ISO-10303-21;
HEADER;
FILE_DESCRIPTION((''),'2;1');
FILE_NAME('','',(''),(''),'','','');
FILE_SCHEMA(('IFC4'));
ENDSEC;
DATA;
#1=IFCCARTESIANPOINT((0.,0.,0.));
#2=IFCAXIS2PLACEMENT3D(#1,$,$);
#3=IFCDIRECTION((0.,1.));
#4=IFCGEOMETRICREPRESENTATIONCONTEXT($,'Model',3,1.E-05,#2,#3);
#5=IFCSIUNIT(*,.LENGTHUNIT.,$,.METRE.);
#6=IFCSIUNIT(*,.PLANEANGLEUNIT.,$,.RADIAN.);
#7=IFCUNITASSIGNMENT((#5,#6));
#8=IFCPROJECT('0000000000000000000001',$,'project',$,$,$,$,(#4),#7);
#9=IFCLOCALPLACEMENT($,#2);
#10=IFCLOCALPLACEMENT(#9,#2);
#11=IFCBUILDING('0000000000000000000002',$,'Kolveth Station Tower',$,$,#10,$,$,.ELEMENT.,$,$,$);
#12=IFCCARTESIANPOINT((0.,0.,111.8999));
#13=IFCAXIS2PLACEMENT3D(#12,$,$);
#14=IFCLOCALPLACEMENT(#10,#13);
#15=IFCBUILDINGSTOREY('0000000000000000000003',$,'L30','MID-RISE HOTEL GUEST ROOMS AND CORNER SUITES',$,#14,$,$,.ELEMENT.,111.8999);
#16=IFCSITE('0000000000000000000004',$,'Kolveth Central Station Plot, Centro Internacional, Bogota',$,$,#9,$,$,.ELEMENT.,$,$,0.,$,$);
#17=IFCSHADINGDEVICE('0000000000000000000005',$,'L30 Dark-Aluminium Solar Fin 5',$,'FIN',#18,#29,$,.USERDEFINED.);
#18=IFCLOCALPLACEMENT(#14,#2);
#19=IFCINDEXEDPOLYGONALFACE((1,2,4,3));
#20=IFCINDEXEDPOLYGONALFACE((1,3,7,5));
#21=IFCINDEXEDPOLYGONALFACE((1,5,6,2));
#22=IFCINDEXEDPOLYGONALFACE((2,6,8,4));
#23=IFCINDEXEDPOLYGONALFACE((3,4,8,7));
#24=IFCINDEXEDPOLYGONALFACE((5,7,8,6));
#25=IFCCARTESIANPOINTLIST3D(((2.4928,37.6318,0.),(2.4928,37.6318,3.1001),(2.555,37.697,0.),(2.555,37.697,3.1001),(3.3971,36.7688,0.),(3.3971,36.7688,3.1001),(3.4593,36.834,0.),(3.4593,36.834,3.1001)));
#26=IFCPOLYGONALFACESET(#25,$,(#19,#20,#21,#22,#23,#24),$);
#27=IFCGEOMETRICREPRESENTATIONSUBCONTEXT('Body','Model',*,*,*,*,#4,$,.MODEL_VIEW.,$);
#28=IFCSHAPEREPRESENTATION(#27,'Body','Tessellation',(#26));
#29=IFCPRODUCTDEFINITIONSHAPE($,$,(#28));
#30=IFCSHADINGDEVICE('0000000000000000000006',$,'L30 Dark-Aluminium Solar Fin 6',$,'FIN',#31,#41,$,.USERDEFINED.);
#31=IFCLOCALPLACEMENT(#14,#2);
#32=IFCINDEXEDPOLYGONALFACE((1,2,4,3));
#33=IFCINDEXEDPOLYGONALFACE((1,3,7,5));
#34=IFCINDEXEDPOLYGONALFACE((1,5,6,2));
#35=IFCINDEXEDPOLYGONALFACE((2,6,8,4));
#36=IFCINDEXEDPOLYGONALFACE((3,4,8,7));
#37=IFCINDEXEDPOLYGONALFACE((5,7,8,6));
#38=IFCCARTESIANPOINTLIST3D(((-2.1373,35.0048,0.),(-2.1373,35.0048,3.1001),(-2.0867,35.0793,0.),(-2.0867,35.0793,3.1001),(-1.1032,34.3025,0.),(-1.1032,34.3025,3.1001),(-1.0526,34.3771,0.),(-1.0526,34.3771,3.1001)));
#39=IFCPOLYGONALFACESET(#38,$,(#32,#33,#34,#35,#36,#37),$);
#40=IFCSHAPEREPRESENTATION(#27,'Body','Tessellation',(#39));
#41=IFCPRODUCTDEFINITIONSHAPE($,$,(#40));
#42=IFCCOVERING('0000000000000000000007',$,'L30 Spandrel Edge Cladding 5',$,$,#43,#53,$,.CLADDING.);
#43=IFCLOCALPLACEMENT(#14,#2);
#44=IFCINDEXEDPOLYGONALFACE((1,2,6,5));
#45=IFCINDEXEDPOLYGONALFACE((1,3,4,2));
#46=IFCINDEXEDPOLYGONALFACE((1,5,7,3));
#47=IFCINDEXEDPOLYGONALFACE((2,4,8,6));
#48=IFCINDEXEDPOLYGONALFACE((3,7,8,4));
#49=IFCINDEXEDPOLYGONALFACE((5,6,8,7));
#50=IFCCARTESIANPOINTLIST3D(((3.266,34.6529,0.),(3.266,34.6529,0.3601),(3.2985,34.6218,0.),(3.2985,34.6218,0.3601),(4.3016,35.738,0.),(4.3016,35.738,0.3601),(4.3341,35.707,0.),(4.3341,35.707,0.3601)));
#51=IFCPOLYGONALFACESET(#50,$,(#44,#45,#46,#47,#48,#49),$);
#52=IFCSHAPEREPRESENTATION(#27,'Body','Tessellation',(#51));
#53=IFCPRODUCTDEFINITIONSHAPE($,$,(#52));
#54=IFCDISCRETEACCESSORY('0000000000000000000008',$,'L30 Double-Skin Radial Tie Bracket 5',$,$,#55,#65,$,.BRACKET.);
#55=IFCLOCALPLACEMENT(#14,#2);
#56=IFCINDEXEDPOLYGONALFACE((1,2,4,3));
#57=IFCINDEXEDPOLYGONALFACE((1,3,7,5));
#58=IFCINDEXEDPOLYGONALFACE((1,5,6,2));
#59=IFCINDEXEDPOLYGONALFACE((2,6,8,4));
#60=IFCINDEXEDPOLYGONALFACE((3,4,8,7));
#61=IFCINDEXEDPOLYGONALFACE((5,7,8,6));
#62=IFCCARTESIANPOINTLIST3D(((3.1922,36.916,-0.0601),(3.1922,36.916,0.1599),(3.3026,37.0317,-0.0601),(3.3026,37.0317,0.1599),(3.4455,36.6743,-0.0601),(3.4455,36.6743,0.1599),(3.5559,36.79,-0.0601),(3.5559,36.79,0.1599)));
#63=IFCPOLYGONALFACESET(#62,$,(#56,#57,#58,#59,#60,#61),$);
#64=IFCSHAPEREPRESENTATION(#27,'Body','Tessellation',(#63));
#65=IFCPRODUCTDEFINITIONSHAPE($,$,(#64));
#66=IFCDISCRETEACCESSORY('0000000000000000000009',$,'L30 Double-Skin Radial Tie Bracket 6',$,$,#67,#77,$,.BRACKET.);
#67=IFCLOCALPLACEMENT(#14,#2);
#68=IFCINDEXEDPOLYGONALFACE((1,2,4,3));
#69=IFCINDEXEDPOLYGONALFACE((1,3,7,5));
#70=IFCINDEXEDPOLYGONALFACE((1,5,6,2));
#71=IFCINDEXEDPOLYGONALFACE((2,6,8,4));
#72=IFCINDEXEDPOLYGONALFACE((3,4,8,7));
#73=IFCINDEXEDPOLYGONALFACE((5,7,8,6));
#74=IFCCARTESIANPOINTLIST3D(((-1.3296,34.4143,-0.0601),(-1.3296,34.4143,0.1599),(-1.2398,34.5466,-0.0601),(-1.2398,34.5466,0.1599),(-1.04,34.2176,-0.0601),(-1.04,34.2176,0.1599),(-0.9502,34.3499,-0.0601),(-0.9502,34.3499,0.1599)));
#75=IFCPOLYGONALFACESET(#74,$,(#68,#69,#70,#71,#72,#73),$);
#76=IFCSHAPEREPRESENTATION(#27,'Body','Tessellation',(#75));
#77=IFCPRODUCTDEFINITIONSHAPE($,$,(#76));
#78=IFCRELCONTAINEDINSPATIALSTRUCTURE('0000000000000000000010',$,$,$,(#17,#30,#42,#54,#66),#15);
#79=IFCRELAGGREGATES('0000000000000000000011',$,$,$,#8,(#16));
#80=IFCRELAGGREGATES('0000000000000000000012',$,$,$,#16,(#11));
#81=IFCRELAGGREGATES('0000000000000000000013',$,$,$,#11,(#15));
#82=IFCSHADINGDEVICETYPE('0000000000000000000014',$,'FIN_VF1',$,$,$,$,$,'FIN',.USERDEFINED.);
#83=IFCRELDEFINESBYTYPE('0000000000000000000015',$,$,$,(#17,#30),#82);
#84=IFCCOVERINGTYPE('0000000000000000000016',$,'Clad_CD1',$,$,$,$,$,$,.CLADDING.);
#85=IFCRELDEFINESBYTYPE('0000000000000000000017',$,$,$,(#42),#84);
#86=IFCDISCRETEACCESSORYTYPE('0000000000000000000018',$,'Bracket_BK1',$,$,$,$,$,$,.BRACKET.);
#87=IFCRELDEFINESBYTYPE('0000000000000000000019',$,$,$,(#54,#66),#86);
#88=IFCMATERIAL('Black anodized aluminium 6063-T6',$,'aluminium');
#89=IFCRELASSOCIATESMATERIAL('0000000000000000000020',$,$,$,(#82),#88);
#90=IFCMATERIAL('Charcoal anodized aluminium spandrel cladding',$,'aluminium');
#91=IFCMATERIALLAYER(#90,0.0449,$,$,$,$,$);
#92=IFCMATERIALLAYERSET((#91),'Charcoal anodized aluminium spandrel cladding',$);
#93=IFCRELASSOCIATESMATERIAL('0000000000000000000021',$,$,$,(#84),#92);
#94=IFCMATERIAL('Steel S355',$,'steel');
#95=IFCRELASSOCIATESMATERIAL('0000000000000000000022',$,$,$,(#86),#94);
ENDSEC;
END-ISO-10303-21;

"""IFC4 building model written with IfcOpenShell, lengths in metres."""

from ifc_helpers import new_model, si_unit, direction, frame, origin, origin_2d, place, context, subcontext, project, spatial, rectangle, extrude, source, transform, mapped, material, layer, layer_set, type_object, element, save


model = new_model("IFC4")

# Units and contexts
model_context = context("Model", 3, precision=1e-05, world=origin(), true_north=direction((0.0, 1.0)))
body_context = subcontext(model_context, "Body", "Model", "MODEL_VIEW")
ifc_project = project(units=[si_unit("LENGTHUNIT", "METRE"), si_unit("PLANEANGLEUNIT", "RADIAN")], contexts=[model_context])

# Site, building, storey
site_placement = place(None, origin())
site = spatial("IfcSite", under=ifc_project, at=site_placement, Name="Kolveth Central Station Plot, Centro Internacional, Bogota", CompositionType="ELEMENT", RefElevation=0.0)
building_placement = place(site_placement, origin())
building = spatial("IfcBuilding", under=site, at=building_placement, Name="Kolveth Station Tower", CompositionType="ELEMENT")
storey_placement = place(building_placement, frame((0.0, 0.0, 111.8999)))
storey = spatial("IfcBuildingStorey", under=building, at=storey_placement, Name="L30", Description="MID-RISE HOTEL GUEST ROOMS AND CORNER SUITES", CompositionType="ELEMENT", Elevation=111.8999)

# Shared definitions
ifc_material_1 = material(Name="Black anodized aluminium 6063-T6", Category="aluminium")

# Shading devices
shading_device_type = type_object("IfcShadingDeviceType", Name="FIN_VF1", ElementType="FIN", PredefinedType="USERDEFINED", material=ifc_material_1)
shared_shape_1 = source(origin(), body_context, "Body", "SweptSolid", [
    extrude(rectangle(XDim=1.25, YDim=0.0901, at=origin_2d()), origin(), (0.0, 0.0, 1.0), 3.1001),
])
for number, where, z_axis, x_axis, name in (
    (1, (2.9761, 37.2329, 0.0), (0.0, 0.0, 1.0), (-0.723449, 0.690378, 0.0), "L30 Dark-Aluminium Solar Fin 5"),
    (2, (-1.595, 34.6909, 0.0), (0.0, 0.0, 1.0), (-0.827277, 0.561795, 0.0), "L30 Dark-Aluminium Solar Fin 6"),
):
    element("IfcShadingDevice", number, at=place(storey_placement, frame(where, z_axis=z_axis, x_axis=x_axis)), inside=storey, type_object=shading_device_type, Name=name, ObjectType="FIN", PredefinedType="USERDEFINED", context=body_context, shape_type="MappedRepresentation", body=[
        mapped(shared_shape_1, transform((0.0, 0.0, 0.0), x_axis=(1.0, 0.0, 0.0), y_axis=(0.0, 1.0, 0.0), z_axis=(0.0, 0.0, 1.0), scale=1.0)),
    ])

# Covering
ifc_material_2 = material(Name="Charcoal anodized aluminium spandrel cladding", Category="aluminium")
ifc_layer_1 = layer(ifc_material_2, 0.0449)
ifc_layer_set_1 = layer_set([ifc_layer_1], Name="Charcoal anodized aluminium spandrel cladding")
covering_type = type_object("IfcCoveringType", Name="Clad_CD1", PredefinedType="CLADDING", material=ifc_layer_set_1)
shared_shape_2 = source(origin(), body_context, "Body", "SweptSolid", [
    extrude(rectangle(XDim=1.5, YDim=0.0449, at=origin_2d()), origin(), (0.0, 0.0, 1.0), 0.3601),
])
covering_placement = place(storey_placement, frame((3.8, 35.1799, 0.0), z_axis=(0.0, 0.0, 1.0), x_axis=(-0.690378, -0.723449, 0.0)))
element("IfcCovering", 3, at=covering_placement, inside=storey, type_object=covering_type, Name="L30 Spandrel Edge Cladding 5", PredefinedType="CLADDING", context=body_context, shape_type="MappedRepresentation", body=[
    mapped(shared_shape_2, transform((0.0, 0.0, 0.0), x_axis=(1.0, 0.0, 0.0), y_axis=(0.0, 1.0, 0.0), z_axis=(0.0, 0.0, 1.0), scale=1.0)),
])

# Discrete accessories
ifc_material_3 = material(Name="Steel S355", Category="steel")
discrete_accessory_type = type_object("IfcDiscreteAccessoryType", Name="Bracket_BK1", PredefinedType="BRACKET", material=ifc_material_3)
shared_shape_3 = source(origin(), body_context, "Body", "SweptSolid", [
    extrude(rectangle(XDim=0.3501, YDim=0.1599, at=origin_2d()), origin(), (0.0, 0.0, 1.0), 0.22),
])
for number, where, z_axis, x_axis, name in (
    (4, (3.374, 36.853, -0.0601), (0.0, 0.0, 1.0), (-0.723449, 0.690378, 0.0), "L30 Double-Skin Radial Tie Bracket 5"),
    (5, (-1.1399, 34.3821, -0.0601), (0.0, 0.0, 1.0), (-0.827277, 0.561795, 0.0), "L30 Double-Skin Radial Tie Bracket 6"),
):
    element("IfcDiscreteAccessory", number, at=place(storey_placement, frame(where, z_axis=z_axis, x_axis=x_axis)), inside=storey, type_object=discrete_accessory_type, Name=name, PredefinedType="BRACKET", context=body_context, shape_type="MappedRepresentation", body=[
        mapped(shared_shape_3, transform((0.0, 0.0, 0.0), x_axis=(1.0, 0.0, 0.0), y_axis=(0.0, 1.0, 0.0), z_axis=(0.0, 0.0, 1.0), scale=1.0)),
    ])

save(model, "model.ifc")
